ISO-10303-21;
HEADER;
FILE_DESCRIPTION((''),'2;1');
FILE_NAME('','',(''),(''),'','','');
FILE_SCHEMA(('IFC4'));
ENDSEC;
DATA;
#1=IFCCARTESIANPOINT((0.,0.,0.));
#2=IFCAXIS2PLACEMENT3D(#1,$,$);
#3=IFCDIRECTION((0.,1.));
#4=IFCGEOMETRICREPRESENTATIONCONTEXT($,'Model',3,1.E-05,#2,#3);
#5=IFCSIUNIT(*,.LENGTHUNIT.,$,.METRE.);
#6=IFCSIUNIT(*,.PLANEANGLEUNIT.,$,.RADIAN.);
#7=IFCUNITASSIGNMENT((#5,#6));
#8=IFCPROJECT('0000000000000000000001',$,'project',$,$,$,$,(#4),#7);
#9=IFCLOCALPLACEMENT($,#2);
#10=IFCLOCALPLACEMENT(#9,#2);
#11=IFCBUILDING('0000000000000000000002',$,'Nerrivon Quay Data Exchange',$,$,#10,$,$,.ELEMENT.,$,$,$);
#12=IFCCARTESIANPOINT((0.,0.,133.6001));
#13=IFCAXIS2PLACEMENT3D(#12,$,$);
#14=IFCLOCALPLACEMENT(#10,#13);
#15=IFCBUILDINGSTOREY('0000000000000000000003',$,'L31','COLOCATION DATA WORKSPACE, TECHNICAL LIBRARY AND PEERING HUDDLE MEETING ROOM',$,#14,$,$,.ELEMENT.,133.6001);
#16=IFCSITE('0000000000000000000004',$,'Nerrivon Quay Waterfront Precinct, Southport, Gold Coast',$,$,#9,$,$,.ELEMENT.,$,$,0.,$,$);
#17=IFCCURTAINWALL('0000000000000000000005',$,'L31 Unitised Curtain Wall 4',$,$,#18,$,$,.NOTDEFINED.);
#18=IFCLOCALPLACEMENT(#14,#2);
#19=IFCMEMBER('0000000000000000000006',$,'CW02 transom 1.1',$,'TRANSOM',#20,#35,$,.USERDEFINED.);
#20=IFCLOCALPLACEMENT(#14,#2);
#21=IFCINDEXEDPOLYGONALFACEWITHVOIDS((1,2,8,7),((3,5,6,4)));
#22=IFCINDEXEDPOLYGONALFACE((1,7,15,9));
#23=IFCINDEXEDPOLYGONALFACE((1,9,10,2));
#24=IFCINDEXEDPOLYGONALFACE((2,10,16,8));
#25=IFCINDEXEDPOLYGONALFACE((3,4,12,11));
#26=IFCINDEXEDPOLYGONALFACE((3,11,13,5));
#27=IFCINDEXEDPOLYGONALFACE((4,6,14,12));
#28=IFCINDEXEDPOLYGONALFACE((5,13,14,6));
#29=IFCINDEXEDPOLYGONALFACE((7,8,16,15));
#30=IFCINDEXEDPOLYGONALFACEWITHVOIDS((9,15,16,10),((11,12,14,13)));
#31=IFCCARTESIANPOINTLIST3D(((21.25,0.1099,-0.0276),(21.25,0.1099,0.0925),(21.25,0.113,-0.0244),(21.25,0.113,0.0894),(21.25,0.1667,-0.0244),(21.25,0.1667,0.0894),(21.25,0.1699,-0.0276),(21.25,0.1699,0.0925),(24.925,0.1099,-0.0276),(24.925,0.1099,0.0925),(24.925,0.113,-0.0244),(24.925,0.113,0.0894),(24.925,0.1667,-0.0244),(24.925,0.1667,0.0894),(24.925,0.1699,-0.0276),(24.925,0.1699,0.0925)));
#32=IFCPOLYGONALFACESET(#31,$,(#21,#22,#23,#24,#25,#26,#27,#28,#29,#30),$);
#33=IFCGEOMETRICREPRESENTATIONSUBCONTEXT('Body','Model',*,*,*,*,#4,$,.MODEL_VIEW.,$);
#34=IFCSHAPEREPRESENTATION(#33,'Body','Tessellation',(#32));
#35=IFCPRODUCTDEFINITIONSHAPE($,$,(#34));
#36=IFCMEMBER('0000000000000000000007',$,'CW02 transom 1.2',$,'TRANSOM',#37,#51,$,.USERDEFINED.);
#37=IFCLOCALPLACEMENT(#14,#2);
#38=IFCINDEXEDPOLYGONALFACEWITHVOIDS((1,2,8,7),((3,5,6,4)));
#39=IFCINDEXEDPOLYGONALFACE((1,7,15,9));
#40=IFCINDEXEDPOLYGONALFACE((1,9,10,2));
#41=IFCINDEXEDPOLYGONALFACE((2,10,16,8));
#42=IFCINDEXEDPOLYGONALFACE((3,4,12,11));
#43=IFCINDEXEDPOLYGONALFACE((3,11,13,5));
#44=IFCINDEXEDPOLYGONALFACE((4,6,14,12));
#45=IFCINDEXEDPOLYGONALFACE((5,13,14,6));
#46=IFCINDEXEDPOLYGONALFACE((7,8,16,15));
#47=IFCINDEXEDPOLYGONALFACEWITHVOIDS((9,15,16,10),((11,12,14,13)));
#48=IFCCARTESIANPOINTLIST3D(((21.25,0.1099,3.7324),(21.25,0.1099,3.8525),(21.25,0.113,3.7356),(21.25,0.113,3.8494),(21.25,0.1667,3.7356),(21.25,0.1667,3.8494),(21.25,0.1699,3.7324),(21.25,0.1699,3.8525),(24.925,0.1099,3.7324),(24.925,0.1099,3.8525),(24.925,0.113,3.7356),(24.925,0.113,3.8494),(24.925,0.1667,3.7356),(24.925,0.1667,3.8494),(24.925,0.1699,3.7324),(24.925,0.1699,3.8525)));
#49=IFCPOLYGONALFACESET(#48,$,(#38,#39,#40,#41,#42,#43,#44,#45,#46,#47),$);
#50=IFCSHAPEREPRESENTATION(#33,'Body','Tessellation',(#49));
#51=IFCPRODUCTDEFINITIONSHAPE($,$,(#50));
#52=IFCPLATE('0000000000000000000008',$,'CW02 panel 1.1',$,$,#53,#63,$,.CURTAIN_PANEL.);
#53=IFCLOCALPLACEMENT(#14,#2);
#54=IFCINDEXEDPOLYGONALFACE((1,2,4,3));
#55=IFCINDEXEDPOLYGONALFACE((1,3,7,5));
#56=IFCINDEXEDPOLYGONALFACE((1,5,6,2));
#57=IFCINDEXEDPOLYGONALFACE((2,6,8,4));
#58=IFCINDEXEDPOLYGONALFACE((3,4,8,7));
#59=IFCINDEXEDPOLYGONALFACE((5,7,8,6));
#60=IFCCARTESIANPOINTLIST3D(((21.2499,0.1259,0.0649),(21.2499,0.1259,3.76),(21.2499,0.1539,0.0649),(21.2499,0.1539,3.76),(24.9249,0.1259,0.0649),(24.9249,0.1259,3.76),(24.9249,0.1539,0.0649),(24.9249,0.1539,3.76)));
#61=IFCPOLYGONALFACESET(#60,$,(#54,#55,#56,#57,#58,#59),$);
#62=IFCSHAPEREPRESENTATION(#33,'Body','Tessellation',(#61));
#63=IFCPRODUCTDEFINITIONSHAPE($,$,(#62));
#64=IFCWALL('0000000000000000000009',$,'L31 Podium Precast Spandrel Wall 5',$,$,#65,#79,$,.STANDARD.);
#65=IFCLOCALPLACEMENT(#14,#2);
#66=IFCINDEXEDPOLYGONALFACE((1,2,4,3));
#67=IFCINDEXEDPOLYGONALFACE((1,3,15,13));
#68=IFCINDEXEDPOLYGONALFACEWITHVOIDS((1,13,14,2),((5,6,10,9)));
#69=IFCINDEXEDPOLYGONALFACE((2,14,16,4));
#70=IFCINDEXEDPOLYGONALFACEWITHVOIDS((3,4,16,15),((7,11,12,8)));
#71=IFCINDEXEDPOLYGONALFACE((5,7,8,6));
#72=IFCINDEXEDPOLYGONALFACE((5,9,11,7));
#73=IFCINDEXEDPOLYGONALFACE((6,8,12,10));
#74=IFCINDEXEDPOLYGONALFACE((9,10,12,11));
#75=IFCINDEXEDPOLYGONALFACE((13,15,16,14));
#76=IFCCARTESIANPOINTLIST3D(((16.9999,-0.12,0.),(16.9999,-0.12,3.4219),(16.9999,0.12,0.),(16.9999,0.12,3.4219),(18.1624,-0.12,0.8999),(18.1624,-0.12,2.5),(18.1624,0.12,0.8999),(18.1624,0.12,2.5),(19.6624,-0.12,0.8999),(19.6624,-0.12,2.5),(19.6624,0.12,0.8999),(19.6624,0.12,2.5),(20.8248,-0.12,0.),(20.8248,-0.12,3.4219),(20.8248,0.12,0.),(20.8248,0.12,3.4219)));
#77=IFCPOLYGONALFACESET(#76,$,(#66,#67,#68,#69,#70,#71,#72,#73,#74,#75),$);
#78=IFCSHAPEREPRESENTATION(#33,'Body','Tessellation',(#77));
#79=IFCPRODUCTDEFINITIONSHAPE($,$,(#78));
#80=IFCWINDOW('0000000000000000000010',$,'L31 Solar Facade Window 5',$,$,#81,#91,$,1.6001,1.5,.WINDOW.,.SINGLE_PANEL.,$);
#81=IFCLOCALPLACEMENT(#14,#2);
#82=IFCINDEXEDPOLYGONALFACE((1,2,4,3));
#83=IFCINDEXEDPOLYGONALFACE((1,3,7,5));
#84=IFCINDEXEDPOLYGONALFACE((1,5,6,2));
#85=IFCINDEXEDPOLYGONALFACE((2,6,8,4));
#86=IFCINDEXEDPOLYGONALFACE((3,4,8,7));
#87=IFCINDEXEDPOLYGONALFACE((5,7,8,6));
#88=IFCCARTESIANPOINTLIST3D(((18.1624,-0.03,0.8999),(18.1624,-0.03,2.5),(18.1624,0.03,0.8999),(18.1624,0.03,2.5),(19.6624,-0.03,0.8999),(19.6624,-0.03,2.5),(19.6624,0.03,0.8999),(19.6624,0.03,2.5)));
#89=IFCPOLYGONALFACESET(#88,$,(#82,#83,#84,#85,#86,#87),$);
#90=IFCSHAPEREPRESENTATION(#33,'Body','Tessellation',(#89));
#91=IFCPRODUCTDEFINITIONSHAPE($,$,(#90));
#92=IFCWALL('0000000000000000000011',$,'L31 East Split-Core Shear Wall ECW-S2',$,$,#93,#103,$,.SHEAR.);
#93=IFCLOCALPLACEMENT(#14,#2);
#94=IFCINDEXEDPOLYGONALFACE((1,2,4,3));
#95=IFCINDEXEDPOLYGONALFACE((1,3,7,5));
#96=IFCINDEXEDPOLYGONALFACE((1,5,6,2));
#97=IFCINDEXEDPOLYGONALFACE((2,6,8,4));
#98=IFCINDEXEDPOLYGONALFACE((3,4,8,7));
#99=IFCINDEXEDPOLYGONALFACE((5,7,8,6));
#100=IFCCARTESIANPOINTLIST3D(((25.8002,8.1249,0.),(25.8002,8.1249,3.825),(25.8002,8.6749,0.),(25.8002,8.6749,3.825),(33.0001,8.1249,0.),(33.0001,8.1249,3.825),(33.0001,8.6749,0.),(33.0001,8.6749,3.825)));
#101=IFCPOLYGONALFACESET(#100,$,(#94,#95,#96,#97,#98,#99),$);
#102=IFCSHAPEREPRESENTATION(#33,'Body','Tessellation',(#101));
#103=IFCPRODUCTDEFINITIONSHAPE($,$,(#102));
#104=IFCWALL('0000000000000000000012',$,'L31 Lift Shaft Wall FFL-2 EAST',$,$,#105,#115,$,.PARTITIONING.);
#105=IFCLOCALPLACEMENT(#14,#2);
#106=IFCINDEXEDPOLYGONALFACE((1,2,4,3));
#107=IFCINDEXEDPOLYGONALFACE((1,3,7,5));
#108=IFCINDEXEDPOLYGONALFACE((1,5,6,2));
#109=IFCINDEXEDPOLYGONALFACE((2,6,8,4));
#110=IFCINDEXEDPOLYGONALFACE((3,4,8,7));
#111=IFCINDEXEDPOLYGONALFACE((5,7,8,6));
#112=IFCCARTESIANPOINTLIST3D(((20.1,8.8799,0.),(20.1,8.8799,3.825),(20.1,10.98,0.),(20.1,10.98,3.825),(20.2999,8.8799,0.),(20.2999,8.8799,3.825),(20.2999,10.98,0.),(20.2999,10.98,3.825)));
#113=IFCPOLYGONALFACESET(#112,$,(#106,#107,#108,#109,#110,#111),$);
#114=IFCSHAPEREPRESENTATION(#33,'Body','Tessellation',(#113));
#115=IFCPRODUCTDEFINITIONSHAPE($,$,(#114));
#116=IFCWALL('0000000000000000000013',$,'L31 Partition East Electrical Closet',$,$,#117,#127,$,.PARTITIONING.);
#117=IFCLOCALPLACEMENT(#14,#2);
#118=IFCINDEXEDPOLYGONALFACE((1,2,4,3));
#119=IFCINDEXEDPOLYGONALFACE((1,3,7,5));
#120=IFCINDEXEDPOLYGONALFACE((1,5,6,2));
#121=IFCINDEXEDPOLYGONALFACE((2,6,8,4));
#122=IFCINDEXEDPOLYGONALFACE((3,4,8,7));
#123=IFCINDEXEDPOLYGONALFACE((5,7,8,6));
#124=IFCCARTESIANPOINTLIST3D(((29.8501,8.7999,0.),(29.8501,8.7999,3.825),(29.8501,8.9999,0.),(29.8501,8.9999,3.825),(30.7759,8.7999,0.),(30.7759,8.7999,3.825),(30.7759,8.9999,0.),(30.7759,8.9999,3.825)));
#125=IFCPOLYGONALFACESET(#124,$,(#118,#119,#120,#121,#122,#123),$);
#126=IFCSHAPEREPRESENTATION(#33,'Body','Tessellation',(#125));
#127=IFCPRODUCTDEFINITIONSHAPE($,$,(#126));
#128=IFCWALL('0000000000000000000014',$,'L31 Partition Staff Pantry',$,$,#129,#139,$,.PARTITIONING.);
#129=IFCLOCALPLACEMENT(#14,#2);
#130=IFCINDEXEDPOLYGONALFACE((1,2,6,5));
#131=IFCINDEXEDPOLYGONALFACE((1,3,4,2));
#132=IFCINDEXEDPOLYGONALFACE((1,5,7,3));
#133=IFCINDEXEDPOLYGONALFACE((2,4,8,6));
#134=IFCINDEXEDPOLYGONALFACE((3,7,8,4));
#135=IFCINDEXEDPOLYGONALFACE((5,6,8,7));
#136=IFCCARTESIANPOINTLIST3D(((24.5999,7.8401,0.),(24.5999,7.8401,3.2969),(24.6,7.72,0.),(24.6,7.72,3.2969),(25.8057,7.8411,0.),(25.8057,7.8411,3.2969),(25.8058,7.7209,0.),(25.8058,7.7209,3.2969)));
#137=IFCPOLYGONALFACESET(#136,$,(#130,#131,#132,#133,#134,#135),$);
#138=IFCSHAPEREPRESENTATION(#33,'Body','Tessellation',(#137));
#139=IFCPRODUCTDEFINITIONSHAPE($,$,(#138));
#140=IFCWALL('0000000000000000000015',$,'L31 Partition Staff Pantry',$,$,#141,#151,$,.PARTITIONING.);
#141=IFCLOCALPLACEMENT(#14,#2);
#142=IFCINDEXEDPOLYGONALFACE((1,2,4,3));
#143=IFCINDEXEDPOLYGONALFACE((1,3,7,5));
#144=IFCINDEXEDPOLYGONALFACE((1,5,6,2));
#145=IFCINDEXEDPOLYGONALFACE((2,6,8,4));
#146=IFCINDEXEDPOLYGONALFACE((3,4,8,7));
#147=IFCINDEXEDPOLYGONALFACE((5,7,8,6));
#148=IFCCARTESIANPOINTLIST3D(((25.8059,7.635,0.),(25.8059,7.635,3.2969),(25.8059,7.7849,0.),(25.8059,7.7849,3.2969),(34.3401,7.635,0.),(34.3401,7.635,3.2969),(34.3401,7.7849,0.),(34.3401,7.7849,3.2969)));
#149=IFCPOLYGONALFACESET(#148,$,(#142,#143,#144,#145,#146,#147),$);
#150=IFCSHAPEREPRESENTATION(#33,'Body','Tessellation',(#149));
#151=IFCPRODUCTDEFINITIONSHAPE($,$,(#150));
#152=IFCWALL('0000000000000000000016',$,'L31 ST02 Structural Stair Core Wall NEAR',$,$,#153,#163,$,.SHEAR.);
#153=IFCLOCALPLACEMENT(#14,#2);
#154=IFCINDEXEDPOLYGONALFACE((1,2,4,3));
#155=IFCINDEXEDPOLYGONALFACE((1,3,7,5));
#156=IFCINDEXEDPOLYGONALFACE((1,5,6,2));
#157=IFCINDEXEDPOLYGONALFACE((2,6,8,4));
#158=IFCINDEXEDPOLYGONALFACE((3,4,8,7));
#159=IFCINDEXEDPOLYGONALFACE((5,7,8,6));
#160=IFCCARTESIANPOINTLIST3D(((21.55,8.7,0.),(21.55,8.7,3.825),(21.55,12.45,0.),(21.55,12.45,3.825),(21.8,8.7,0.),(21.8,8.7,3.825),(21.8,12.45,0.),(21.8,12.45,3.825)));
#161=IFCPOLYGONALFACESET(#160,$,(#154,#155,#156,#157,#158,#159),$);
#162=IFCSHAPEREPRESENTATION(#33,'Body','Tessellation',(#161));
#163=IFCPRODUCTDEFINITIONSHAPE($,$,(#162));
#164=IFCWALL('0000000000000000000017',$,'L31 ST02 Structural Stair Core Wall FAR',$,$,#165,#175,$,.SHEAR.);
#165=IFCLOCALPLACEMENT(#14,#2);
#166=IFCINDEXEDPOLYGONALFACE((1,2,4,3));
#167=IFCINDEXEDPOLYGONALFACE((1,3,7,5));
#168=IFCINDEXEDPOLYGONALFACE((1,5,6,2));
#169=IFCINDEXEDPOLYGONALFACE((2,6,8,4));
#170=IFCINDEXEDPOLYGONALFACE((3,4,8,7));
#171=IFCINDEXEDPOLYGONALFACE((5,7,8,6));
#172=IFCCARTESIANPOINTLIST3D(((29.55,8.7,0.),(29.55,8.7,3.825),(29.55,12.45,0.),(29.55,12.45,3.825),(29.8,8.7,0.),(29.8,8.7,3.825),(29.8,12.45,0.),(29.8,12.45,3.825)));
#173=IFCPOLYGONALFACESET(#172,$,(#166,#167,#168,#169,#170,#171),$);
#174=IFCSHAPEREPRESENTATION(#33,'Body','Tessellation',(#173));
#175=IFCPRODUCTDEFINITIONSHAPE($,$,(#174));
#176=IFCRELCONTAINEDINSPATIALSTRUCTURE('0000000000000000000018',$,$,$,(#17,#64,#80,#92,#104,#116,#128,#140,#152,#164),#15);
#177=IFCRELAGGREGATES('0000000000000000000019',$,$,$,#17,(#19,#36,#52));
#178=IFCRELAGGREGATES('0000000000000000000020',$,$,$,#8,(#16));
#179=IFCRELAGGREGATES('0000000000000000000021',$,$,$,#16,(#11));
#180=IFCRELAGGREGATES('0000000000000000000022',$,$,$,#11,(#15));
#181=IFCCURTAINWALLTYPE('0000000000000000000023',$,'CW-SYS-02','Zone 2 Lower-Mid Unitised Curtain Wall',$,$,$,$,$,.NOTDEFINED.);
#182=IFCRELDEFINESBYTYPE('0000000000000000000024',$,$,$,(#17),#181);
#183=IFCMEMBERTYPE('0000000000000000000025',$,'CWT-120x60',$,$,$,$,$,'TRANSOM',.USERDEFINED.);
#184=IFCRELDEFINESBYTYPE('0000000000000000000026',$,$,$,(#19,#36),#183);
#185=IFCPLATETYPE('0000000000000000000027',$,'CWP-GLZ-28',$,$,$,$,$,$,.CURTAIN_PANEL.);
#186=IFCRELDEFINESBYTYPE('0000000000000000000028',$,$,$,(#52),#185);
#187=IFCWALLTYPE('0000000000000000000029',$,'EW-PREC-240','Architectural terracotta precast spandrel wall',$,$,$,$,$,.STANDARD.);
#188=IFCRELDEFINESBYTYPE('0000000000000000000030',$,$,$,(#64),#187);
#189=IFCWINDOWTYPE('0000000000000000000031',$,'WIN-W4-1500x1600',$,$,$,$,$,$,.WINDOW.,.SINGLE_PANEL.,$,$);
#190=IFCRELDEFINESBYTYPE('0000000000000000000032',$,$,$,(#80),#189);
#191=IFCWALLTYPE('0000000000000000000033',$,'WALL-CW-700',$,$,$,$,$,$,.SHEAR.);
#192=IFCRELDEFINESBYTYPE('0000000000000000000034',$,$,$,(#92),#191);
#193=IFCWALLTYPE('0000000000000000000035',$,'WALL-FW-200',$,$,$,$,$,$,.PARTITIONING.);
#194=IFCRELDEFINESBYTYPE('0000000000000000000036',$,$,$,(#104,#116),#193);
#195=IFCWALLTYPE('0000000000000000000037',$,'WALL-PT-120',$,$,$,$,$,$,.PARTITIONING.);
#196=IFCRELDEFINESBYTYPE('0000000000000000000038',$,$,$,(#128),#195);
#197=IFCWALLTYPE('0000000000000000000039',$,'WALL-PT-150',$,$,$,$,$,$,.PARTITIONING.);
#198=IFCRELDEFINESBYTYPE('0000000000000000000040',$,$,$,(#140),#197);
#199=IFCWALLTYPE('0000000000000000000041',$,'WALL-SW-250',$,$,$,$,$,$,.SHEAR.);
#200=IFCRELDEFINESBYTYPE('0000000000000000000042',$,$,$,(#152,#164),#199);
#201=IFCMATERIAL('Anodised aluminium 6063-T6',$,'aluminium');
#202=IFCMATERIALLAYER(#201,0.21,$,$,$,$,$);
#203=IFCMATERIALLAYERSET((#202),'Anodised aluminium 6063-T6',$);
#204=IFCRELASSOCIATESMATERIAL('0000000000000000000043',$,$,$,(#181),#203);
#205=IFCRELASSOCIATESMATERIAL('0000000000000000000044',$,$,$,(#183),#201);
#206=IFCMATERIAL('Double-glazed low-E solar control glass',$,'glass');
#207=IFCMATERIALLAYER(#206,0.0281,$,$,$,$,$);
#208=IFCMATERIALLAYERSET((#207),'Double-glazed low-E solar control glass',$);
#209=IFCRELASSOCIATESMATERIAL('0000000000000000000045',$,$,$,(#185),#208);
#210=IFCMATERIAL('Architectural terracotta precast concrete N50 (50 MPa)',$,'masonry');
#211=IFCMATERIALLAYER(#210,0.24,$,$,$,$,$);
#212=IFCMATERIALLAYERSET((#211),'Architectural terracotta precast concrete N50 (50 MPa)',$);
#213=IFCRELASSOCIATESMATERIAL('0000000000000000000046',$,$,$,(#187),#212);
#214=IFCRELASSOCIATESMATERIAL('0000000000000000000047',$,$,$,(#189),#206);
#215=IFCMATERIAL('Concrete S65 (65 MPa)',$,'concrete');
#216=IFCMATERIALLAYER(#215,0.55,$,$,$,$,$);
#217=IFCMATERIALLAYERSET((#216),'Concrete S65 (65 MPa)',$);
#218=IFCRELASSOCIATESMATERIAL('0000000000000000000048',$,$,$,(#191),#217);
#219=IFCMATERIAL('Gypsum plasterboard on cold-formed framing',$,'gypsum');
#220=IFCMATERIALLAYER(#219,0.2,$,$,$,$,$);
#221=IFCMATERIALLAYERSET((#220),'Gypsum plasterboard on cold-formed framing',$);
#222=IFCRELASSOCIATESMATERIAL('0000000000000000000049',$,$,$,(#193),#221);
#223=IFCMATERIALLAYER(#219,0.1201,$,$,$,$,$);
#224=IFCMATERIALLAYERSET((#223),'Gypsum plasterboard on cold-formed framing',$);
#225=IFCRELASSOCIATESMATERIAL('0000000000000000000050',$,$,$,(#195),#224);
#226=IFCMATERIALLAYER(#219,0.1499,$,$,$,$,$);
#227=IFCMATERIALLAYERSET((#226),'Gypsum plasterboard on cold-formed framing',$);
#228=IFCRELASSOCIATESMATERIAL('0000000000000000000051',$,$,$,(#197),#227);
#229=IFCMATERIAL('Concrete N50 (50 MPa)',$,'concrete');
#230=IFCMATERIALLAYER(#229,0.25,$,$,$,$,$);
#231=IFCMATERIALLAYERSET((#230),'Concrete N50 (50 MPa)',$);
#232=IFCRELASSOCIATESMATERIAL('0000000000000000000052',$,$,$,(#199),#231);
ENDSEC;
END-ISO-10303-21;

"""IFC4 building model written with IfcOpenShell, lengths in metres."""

from ifc_helpers import new_model, si_unit, direction, frame, frame_2d, origin, origin_2d, place, context, subcontext, project, spatial, rectangle, hollow_rectangle, extrude, material, layer, layer_set, material_profile, profile_set, type_object, element, fill, aggregate, save


model = new_model("IFC4")

# Units and contexts
model_context = context("Model", 3, precision=1e-05, world=origin(), true_north=direction((0.0, 1.0)))
body_context = subcontext(model_context, "Body", "Model", "MODEL_VIEW")
ifc_project = project(units=[si_unit("LENGTHUNIT", "METRE"), si_unit("PLANEANGLEUNIT", "RADIAN")], contexts=[model_context])

# Site, building, storey
site_placement = place(None, origin())
site = spatial("IfcSite", under=ifc_project, at=site_placement, Name="Nerrivon Quay Waterfront Precinct, Southport, Gold Coast", CompositionType="ELEMENT", RefElevation=0.0)
building_placement = place(site_placement, origin())
building = spatial("IfcBuilding", under=site, at=building_placement, Name="Nerrivon Quay Data Exchange", CompositionType="ELEMENT")
storey_placement = place(building_placement, frame((0.0, 0.0, 133.6001)))
storey = spatial("IfcBuildingStorey", under=building, at=storey_placement, Name="L31", Description="COLOCATION DATA WORKSPACE, TECHNICAL LIBRARY AND PEERING HUDDLE MEETING ROOM", CompositionType="ELEMENT", Elevation=133.6001)

# Shared definitions
ifc_material_1 = material(Name="Concrete S65 (65 MPa)", Category="concrete")
ifc_material_2 = material(Name="Concrete N50 (50 MPa)", Category="concrete")

# Curtain wall, members, plate
ifc_material_3 = material(Name="Anodised aluminium 6063-T6", Category="aluminium")
ifc_layer_1 = layer(ifc_material_3, 0.21)
ifc_layer_set_1 = layer_set([ifc_layer_1], Name="Anodised aluminium 6063-T6")
curtain_wall_type = type_object("IfcCurtainWallType", Name="CW-SYS-02", Description="Zone 2 Lower-Mid Unitised Curtain Wall", PredefinedType="NOTDEFINED", material=ifc_layer_set_1)
curtain_wall_placement = place(storey_placement, origin())
curtain_wall = element("IfcCurtainWall", 1, at=curtain_wall_placement, inside=storey, type_object=curtain_wall_type, Name="L31 Unitised Curtain Wall 4", PredefinedType="NOTDEFINED")
ifc_material_profile_1 = material_profile(ifc_material_3, hollow_rectangle(XDim=0.0601, YDim=0.1201, WallThickness=0.0032, at=origin_2d()), Name="ALU-TRAN-120x60")
ifc_profile_set_1 = profile_set([ifc_material_profile_1], Name="Anodised aluminium 6063-T6")
member_type_1 = type_object("IfcMemberType", Name="CWT-120x60", ElementType="TRANSOM", PredefinedType="USERDEFINED", material=ifc_profile_set_1)
member_1_placement = place(storey_placement, frame((24.925, 0.1399, 0.0325), z_axis=(-1.0, 0.0, 0.0), x_axis=(0.0, -1.0, 0.0)))
member_1 = element("IfcMember", 2, at=member_1_placement, type_object=member_type_1, Name="CW02 transom 1.1", ObjectType="TRANSOM", PredefinedType="USERDEFINED", context=body_context, shape_type="SweptSolid", body=[
    extrude(hollow_rectangle(XDim=0.0601, YDim=0.1201, WallThickness=0.0032, at=origin_2d()), origin(), (0.0, 0.0, 1.0), 3.675),
])
member_2_placement = place(storey_placement, frame((24.925, 0.1399, 3.7925), z_axis=(-1.0, 0.0, 0.0), x_axis=(0.0, -1.0, 0.0)))
member_2 = element("IfcMember", 3, at=member_2_placement, type_object=member_type_1, Name="CW02 transom 1.2", ObjectType="TRANSOM", PredefinedType="USERDEFINED", context=body_context, shape_type="SweptSolid", body=[
    extrude(hollow_rectangle(XDim=0.0601, YDim=0.1201, WallThickness=0.0032, at=origin_2d()), origin(), (0.0, 0.0, 1.0), 3.675),
])
ifc_material_4 = material(Name="Double-glazed low-E solar control glass", Category="glass")
ifc_layer_2 = layer(ifc_material_4, 0.0281)
ifc_layer_set_2 = layer_set([ifc_layer_2], Name="Double-glazed low-E solar control glass")
plate_type = type_object("IfcPlateType", Name="CWP-GLZ-28", PredefinedType="CURTAIN_PANEL", material=ifc_layer_set_2)
plate_placement = place(storey_placement, frame((23.0874, 0.1399, 0.0649), z_axis=(0.0, 0.0, 1.0), x_axis=(-1.0, 0.0, 0.0)))
plate = element("IfcPlate", 4, at=plate_placement, type_object=plate_type, Name="CW02 panel 1.1", PredefinedType="CURTAIN_PANEL", context=body_context, shape_type="SweptSolid", body=[
    extrude(rectangle(XDim=3.675, YDim=0.0281, at=origin_2d()), origin(), (0.0, 0.0, 1.0), 3.6951),
])
aggregate(curtain_wall, [member_1, member_2, plate])

# Wall, opening, window
ifc_material_5 = material(Name="Architectural terracotta precast concrete N50 (50 MPa)", Category="masonry")
ifc_layer_3 = layer(ifc_material_5, 0.24)
ifc_layer_set_3 = layer_set([ifc_layer_3], Name="Architectural terracotta precast concrete N50 (50 MPa)")
wall_type_1 = type_object("IfcWallType", Name="EW-PREC-240", Description="Architectural terracotta precast spandrel wall", PredefinedType="STANDARD", material=ifc_layer_set_3)
wall_1_placement = place(storey_placement, frame((20.825, 0.0, 0.0), z_axis=(0.0, 0.0, 1.0), x_axis=(-1.0, 0.0, 0.0)))
wall_1 = element("IfcWall", 5, at=wall_1_placement, inside=storey, type_object=wall_type_1, Name="L31 Podium Precast Spandrel Wall 5", PredefinedType="STANDARD", context=body_context, shape_type="SweptSolid", body=[
    extrude(rectangle(XDim=3.825, YDim=0.24, at=frame_2d((1.9126, 0.0))), origin(), (0.0, 0.0, 1.0), 3.4219),
])
opening_placement = place(wall_1_placement, frame((1.1626, 0.0, 0.8999)))
opening = element("IfcOpeningElement", 6, at=opening_placement, cuts=wall_1, PredefinedType="OPENING", context=body_context, shape_type="SweptSolid", body=[
    extrude(rectangle(XDim=1.5, YDim=1.6001, at=frame_2d((0.75, 0.8))), frame((0.0, 0.1299, 0.0), z_axis=(0.0, -1.0, 0.0), x_axis=(1.0, 0.0, 0.0)), (0.0, 0.0, 1.0), 0.26),
])
window_type = type_object("IfcWindowType", Name="WIN-W4-1500x1600", PartitioningType="SINGLE_PANEL", PredefinedType="WINDOW", material=ifc_material_4)
window_placement = place(opening_placement, origin())
window = element("IfcWindow", 7, at=window_placement, inside=storey, type_object=window_type, Name="L31 Solar Facade Window 5", OverallHeight=1.6001, OverallWidth=1.5, PartitioningType="SINGLE_PANEL", PredefinedType="WINDOW", context=body_context, shape_type="SweptSolid", body=[
    extrude(rectangle(XDim=1.5, YDim=1.6001, at=frame_2d((0.75, 0.8))), frame((0.0, 0.03, 0.0), z_axis=(0.0, -1.0, 0.0), x_axis=(1.0, 0.0, 0.0)), (0.0, 0.0, 1.0), 0.0601),
])
fill(opening, window)

# Walls
ifc_layer_4 = layer(ifc_material_1, 0.55)
ifc_layer_set_4 = layer_set([ifc_layer_4], Name="Concrete S65 (65 MPa)")
wall_type_2 = type_object("IfcWallType", Name="WALL-CW-700", PredefinedType="SHEAR", material=ifc_layer_set_4)
wall_2_placement = place(storey_placement, frame((25.8, 8.3999, 0.0), z_axis=(0.0, 0.0, 1.0), x_axis=(1.0, 0.0, 0.0)))
element("IfcWall", 8, at=wall_2_placement, inside=storey, type_object=wall_type_2, Name="L31 East Split-Core Shear Wall ECW-S2", PredefinedType="SHEAR", context=body_context, shape_type="SweptSolid", body=[
    extrude(rectangle(XDim=7.2, YDim=0.55, at=frame_2d((3.6001, 0.0))), origin(), (0.0, 0.0, 1.0), 3.825),
])
ifc_material_6 = material(Name="Gypsum plasterboard on cold-formed framing", Category="gypsum")
ifc_layer_5 = layer(ifc_material_6, 0.2)
ifc_layer_set_5 = layer_set([ifc_layer_5], Name="Gypsum plasterboard on cold-formed framing")
wall_type_3 = type_object("IfcWallType", Name="WALL-FW-200", PredefinedType="PARTITIONING", material=ifc_layer_set_5)
wall_3_placement = place(storey_placement, frame((20.2, 8.8799, 0.0), z_axis=(0.0, 0.0, 1.0), x_axis=(0.0, 1.0, 0.0)))
element("IfcWall", 9, at=wall_3_placement, inside=storey, type_object=wall_type_3, Name="L31 Lift Shaft Wall FFL-2 EAST", PredefinedType="PARTITIONING", context=body_context, shape_type="SweptSolid", body=[
    extrude(rectangle(XDim=2.1001, YDim=0.2, at=frame_2d((1.05, 0.0))), origin(), (0.0, 0.0, 1.0), 3.825),
])
wall_4_placement = place(storey_placement, frame((29.8501, 8.8999, 0.0), z_axis=(0.0, 0.0, 1.0), x_axis=(1.0, 0.0, 0.0)))
element("IfcWall", 10, at=wall_4_placement, inside=storey, type_object=wall_type_3, Name="L31 Partition East Electrical Closet", PredefinedType="PARTITIONING", context=body_context, shape_type="SweptSolid", body=[
    extrude(rectangle(XDim=0.9258, YDim=0.2, at=frame_2d((0.4629, 0.0))), origin(), (0.0, 0.0, 1.0), 3.825),
])
ifc_layer_6 = layer(ifc_material_6, 0.1201)
ifc_layer_set_6 = layer_set([ifc_layer_6], Name="Gypsum plasterboard on cold-formed framing")
wall_type_4 = type_object("IfcWallType", Name="WALL-PT-120", PredefinedType="PARTITIONING", material=ifc_layer_set_6)
wall_5_placement = place(storey_placement, frame((25.8059, 7.781, 0.0), z_axis=(0.0, 0.0, 1.0), x_axis=(-1.0, -0.00081, 0.0)))
element("IfcWall", 11, at=wall_5_placement, inside=storey, type_object=wall_type_4, Name="L31 Partition Staff Pantry", PredefinedType="PARTITIONING", context=body_context, shape_type="SweptSolid", body=[
    extrude(rectangle(XDim=1.2058, YDim=0.1201, at=frame_2d((0.603, 0.0))), origin(), (0.0, 0.0, 1.0), 3.2969),
])
ifc_layer_7 = layer(ifc_material_6, 0.1499)
ifc_layer_set_7 = layer_set([ifc_layer_7], Name="Gypsum plasterboard on cold-formed framing")
wall_type_5 = type_object("IfcWallType", Name="WALL-PT-150", PredefinedType="PARTITIONING", material=ifc_layer_set_7)
wall_6_placement = place(storey_placement, frame((25.8059, 7.71, 0.0), z_axis=(0.0, 0.0, 1.0), x_axis=(1.0, 0.0, 0.0)))
element("IfcWall", 12, at=wall_6_placement, inside=storey, type_object=wall_type_5, Name="L31 Partition Staff Pantry", PredefinedType="PARTITIONING", context=body_context, shape_type="SweptSolid", body=[
    extrude(rectangle(XDim=8.5342, YDim=0.1499, at=frame_2d((4.2671, 0.0))), origin(), (0.0, 0.0, 1.0), 3.2969),
])
ifc_layer_8 = layer(ifc_material_2, 0.25)
ifc_layer_set_8 = layer_set([ifc_layer_8], Name="Concrete N50 (50 MPa)")
wall_type_6 = type_object("IfcWallType", Name="WALL-SW-250", PredefinedType="SHEAR", material=ifc_layer_set_8)
for number, where, z_axis, x_axis, name in (
    (13, (21.675, 8.7, 0.0), (0.0, 0.0, 1.0), (0.0, 1.0, 0.0), "L31 ST02 Structural Stair Core Wall NEAR"),
    (14, (29.675, 8.7, 0.0), (0.0, 0.0, 1.0), (0.0, 1.0, 0.0), "L31 ST02 Structural Stair Core Wall FAR"),
):
    element("IfcWall", number, at=place(storey_placement, frame(where, z_axis=z_axis, x_axis=x_axis)), inside=storey, type_object=wall_type_6, Name=name, PredefinedType="SHEAR", context=body_context, shape_type="SweptSolid", body=[
        extrude(rectangle(XDim=3.75, YDim=0.25, at=frame_2d((1.875, 0.0))), origin(), (0.0, 0.0, 1.0), 3.825),
    ])

save(model, "model.ifc")
